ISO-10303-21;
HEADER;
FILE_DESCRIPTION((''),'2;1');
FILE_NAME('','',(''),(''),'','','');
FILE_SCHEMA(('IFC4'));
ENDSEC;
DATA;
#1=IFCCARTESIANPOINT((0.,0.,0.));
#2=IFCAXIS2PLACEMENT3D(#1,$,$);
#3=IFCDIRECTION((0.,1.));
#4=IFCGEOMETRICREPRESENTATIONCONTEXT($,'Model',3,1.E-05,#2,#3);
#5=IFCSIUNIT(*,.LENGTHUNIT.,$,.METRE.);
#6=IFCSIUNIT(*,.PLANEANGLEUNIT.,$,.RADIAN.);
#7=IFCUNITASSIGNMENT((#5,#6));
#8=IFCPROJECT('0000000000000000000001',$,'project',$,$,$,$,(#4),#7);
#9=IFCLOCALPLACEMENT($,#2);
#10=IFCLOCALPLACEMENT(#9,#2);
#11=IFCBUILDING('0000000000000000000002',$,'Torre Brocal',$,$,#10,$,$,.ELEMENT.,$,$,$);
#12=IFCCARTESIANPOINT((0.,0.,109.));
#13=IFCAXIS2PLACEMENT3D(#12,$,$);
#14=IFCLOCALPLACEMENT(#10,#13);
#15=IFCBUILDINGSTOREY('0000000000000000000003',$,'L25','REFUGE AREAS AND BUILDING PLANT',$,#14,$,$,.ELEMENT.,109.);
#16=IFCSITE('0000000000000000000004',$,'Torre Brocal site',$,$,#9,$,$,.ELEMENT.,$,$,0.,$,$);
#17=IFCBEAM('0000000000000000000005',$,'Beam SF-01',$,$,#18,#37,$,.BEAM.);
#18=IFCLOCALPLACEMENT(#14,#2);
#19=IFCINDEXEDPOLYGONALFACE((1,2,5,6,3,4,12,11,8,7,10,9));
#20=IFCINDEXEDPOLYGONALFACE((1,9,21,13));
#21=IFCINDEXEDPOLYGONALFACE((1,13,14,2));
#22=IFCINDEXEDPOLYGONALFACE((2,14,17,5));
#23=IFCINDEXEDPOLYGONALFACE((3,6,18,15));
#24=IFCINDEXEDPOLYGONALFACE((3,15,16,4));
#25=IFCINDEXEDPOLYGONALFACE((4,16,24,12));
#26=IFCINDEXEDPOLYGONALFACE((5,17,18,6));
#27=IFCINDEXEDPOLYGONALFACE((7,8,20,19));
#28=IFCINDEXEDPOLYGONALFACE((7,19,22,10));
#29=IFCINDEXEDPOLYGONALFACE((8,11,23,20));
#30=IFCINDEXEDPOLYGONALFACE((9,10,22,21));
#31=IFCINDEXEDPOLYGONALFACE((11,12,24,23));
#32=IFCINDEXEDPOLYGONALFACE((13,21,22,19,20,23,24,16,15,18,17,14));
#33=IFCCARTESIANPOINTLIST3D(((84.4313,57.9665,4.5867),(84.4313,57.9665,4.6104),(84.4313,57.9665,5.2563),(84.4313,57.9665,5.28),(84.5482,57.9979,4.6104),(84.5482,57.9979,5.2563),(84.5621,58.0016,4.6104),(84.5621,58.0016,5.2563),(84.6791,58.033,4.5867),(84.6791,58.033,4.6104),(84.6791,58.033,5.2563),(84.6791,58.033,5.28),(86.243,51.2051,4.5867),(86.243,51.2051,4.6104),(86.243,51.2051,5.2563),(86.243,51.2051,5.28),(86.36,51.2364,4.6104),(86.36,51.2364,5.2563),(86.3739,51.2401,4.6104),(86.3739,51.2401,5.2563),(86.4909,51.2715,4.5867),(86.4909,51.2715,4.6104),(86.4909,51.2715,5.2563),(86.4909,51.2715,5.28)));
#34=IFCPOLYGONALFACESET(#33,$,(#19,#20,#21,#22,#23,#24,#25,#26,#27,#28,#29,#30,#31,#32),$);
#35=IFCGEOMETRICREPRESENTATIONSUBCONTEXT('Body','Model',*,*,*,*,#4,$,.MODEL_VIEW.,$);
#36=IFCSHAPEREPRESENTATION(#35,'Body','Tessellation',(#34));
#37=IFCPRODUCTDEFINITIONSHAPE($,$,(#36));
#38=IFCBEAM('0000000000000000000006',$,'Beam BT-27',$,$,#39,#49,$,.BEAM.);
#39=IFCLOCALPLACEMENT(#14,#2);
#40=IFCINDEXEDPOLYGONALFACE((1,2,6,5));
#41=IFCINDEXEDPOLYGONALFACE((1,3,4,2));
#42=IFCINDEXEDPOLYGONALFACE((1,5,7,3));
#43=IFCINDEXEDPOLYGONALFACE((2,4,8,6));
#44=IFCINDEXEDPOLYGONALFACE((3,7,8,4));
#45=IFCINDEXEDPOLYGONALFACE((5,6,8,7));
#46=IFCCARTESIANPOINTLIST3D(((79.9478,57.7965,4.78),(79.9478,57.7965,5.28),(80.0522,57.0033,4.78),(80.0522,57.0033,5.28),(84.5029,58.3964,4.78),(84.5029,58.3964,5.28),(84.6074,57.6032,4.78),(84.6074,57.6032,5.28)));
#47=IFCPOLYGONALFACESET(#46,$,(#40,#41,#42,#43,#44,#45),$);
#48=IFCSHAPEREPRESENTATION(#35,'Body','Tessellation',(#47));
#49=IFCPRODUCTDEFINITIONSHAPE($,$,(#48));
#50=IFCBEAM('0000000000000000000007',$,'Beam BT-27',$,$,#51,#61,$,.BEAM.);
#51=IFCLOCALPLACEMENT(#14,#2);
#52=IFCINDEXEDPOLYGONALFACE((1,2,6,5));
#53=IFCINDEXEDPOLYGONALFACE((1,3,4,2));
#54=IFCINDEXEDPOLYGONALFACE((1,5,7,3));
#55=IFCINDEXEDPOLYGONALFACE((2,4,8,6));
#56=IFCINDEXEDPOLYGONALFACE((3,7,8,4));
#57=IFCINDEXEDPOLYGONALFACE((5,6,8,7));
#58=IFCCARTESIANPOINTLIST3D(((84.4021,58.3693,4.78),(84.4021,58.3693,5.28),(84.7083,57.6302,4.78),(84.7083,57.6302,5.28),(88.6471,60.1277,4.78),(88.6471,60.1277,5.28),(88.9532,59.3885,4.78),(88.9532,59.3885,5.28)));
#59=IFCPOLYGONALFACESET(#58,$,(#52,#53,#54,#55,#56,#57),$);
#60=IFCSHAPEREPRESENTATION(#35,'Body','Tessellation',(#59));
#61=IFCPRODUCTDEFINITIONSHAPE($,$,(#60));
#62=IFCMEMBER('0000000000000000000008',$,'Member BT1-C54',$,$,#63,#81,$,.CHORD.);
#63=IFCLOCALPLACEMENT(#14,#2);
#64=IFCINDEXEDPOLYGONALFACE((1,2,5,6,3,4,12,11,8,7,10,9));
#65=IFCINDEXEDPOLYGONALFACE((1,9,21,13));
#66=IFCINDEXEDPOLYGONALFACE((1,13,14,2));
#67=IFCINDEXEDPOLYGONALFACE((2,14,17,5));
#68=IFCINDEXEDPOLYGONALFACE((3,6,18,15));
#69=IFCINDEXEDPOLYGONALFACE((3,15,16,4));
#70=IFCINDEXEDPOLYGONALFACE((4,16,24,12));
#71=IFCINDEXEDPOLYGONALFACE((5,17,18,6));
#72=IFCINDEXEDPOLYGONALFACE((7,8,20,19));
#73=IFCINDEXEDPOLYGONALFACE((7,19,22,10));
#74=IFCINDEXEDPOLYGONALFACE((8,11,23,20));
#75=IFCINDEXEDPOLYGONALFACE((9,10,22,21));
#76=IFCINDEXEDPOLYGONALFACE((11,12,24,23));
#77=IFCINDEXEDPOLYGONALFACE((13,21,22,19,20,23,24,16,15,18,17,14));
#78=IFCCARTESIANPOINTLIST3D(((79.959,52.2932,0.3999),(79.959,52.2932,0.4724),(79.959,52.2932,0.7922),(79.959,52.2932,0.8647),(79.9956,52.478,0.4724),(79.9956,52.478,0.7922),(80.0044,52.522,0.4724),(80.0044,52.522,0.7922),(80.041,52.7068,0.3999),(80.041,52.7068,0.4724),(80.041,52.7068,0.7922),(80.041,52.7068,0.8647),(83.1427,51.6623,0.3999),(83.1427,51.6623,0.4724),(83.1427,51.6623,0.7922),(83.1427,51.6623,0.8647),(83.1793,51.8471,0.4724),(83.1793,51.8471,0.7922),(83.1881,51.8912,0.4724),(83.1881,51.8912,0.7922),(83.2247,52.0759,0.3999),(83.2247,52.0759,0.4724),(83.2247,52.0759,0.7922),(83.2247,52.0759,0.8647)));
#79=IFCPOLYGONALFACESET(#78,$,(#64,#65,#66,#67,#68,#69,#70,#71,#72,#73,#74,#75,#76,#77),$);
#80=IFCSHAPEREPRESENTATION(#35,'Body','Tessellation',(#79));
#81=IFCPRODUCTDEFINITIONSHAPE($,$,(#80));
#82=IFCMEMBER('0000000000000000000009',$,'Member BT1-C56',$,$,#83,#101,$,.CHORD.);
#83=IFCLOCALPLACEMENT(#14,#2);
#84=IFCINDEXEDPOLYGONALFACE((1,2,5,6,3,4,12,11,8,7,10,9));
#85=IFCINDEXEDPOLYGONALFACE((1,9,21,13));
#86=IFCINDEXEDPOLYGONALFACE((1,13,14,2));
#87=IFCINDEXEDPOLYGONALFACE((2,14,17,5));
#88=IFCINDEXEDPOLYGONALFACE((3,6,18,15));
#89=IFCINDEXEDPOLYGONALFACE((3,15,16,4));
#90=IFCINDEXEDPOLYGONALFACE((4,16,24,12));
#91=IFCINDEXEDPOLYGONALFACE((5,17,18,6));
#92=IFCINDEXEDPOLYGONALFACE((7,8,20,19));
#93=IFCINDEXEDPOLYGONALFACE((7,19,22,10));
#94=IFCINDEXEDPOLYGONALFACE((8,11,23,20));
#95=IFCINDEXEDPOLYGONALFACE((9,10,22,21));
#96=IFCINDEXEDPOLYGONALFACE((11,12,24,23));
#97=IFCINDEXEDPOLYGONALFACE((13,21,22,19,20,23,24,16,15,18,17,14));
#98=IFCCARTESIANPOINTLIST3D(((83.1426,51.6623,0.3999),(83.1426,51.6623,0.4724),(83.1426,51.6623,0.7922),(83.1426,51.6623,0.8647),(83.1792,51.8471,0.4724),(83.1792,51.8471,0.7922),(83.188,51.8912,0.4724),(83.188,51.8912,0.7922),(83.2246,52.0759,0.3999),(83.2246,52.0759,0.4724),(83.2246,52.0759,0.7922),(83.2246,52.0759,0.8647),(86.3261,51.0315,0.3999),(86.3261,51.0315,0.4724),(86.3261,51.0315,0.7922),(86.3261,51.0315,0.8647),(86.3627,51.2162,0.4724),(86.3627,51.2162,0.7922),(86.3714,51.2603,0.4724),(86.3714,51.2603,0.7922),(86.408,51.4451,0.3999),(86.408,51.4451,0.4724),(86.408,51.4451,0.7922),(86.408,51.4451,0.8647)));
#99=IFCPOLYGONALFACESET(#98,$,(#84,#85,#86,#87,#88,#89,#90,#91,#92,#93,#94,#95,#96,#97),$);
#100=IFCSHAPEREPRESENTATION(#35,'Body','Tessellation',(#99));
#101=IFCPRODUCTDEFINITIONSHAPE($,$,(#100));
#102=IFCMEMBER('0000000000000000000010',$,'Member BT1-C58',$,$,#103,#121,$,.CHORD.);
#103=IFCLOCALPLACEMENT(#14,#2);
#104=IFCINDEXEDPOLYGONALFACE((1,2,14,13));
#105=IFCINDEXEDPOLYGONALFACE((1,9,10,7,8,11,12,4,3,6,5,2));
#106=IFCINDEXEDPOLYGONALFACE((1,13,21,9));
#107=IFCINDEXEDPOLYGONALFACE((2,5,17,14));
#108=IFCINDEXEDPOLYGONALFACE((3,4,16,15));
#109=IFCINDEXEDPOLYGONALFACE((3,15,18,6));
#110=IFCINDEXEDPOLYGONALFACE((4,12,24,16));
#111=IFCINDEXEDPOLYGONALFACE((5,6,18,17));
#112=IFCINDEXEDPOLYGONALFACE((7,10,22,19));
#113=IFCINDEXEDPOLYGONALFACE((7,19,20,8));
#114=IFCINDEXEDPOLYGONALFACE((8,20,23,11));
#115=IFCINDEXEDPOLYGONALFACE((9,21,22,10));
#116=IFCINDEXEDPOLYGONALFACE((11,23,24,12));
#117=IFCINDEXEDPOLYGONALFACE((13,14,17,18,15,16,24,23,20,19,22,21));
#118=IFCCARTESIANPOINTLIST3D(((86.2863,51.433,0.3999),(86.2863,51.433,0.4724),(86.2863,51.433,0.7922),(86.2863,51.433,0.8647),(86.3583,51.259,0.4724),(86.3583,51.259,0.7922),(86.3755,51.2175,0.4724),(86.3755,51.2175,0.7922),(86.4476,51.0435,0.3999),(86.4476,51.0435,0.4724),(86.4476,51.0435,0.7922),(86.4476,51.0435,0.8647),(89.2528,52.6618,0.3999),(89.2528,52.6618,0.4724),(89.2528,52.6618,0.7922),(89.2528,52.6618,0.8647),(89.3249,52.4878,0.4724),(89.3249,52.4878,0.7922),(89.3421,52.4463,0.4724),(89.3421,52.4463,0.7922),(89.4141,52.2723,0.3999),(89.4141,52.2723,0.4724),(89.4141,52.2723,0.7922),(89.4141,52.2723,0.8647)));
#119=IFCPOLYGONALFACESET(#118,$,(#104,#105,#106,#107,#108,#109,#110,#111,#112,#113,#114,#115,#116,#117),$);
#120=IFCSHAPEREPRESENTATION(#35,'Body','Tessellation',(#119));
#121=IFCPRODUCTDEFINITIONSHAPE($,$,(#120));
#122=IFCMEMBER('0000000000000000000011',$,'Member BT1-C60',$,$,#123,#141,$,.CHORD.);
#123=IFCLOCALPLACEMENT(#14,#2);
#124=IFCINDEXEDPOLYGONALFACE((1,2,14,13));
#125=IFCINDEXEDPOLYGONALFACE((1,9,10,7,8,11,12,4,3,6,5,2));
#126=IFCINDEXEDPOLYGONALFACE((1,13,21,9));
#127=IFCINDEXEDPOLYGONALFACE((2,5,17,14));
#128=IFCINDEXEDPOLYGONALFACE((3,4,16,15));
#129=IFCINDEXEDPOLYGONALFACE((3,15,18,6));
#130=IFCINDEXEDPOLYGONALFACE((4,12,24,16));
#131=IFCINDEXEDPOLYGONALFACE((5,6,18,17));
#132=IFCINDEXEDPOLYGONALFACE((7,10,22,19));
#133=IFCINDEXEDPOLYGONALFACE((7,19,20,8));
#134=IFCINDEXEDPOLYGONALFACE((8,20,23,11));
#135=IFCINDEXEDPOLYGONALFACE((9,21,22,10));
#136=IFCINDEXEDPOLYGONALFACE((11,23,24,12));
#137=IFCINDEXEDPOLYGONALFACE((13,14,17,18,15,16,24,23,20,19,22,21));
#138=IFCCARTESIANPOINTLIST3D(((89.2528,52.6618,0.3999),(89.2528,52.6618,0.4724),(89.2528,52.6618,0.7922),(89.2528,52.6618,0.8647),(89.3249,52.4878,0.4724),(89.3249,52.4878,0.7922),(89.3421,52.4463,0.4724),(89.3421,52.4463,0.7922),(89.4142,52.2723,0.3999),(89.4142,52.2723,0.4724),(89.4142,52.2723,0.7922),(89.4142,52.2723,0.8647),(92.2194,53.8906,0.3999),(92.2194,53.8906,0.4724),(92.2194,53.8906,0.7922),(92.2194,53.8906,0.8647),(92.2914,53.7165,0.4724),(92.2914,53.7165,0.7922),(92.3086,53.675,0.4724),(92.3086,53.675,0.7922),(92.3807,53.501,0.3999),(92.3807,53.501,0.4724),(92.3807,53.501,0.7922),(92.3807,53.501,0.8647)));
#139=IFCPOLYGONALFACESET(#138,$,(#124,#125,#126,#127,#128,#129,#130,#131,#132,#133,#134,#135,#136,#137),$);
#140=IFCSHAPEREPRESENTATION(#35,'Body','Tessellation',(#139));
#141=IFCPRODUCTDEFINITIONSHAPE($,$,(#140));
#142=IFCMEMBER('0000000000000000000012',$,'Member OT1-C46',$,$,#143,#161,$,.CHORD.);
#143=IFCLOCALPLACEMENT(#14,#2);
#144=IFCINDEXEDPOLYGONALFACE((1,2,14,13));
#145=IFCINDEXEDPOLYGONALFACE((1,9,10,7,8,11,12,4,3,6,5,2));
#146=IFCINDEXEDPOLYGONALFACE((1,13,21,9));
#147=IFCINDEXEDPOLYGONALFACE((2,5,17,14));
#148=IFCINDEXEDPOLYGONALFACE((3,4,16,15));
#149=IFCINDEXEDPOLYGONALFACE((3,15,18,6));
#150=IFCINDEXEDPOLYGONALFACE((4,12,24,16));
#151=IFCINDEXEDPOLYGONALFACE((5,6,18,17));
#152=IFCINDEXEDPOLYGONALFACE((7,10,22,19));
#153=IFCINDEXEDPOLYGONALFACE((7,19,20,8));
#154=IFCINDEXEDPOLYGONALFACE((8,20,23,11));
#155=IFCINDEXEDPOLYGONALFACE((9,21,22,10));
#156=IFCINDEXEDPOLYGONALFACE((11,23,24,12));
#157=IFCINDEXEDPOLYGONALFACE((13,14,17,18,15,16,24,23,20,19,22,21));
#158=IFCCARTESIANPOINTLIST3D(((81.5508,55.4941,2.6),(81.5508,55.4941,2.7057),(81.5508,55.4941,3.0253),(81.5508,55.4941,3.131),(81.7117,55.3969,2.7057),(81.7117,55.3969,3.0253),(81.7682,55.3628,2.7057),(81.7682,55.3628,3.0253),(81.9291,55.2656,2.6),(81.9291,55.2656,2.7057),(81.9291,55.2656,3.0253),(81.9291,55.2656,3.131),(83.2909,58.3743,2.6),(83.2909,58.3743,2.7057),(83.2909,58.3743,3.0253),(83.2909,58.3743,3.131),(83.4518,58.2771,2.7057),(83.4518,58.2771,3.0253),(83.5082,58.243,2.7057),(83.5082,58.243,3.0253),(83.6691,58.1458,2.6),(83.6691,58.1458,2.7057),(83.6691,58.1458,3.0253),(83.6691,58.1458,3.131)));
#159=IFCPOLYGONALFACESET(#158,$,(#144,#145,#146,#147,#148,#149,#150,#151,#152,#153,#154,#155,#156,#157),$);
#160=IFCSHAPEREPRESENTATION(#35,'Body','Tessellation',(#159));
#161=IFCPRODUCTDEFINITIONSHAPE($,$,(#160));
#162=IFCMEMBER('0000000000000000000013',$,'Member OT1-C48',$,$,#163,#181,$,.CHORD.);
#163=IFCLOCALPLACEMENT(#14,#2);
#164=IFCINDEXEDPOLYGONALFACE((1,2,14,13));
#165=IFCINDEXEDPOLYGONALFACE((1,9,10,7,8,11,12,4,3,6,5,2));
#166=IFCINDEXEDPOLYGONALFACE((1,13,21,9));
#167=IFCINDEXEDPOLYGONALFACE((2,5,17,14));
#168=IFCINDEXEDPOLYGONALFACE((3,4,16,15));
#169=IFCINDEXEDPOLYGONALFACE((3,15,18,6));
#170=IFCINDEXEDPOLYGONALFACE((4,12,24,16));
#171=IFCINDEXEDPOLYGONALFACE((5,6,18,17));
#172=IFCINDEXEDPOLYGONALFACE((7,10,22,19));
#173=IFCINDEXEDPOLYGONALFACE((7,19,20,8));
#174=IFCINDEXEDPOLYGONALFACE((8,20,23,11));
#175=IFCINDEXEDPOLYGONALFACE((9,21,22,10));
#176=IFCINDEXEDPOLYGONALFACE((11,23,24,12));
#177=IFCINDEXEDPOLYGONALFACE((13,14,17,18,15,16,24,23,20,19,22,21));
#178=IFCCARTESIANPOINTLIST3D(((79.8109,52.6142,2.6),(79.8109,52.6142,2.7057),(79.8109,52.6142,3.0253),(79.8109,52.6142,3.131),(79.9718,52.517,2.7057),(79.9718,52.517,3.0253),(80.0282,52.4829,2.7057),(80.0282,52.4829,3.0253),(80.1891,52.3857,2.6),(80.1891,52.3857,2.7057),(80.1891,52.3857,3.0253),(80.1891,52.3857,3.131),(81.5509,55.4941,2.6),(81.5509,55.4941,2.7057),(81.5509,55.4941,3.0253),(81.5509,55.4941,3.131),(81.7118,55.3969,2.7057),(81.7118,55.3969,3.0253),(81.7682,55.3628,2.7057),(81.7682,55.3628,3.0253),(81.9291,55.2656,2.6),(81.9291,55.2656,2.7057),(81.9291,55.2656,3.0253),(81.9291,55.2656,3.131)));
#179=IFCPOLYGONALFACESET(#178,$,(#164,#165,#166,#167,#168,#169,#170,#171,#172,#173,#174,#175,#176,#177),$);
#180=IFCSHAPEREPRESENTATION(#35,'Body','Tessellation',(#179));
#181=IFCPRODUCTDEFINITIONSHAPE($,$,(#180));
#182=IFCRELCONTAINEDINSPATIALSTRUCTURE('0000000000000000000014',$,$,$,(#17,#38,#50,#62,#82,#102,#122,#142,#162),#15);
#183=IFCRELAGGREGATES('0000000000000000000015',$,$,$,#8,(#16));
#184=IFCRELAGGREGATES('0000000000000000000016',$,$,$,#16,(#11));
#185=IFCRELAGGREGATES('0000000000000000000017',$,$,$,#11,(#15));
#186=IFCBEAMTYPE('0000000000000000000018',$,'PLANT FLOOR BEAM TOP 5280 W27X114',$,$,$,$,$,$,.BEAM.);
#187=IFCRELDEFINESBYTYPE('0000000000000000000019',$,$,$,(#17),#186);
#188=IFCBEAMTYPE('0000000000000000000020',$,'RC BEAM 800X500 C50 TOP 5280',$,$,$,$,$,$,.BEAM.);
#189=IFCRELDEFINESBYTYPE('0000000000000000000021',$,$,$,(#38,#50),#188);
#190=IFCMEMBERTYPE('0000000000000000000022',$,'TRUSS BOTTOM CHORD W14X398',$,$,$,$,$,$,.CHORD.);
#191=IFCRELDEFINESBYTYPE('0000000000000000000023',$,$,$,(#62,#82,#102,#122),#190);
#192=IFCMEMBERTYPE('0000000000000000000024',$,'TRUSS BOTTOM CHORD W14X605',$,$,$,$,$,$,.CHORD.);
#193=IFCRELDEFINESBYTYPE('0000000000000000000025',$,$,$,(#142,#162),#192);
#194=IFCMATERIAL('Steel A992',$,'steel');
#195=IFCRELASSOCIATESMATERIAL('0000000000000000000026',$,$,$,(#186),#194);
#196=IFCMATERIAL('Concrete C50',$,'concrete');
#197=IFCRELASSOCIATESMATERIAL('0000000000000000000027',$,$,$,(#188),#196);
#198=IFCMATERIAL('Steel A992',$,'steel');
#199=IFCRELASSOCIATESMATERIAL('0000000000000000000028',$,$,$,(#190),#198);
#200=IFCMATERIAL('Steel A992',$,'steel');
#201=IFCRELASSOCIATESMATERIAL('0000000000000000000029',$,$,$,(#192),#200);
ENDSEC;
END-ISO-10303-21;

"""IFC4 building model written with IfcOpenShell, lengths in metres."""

from ifc_helpers import new_model, si_unit, direction, frame, origin, origin_2d, place, context, subcontext, project, spatial, rectangle, i_section, extrude, material, material_profile, profile_set, type_object, element, save


model = new_model("IFC4")

# Units and contexts
model_context = context("Model", 3, precision=1e-05, world=origin(), true_north=direction((0.0, 1.0)))
body_context = subcontext(model_context, "Body", "Model", "MODEL_VIEW")
ifc_project = project(units=[si_unit("LENGTHUNIT", "METRE"), si_unit("PLANEANGLEUNIT", "RADIAN")], contexts=[model_context])

# Site, building, storey
site_placement = place(None, origin())
site = spatial("IfcSite", under=ifc_project, at=site_placement, Name="Torre Brocal site", CompositionType="ELEMENT", RefElevation=0.0)
building_placement = place(site_placement, origin())
building = spatial("IfcBuilding", under=site, at=building_placement, Name="Torre Brocal", CompositionType="ELEMENT")
storey_placement = place(building_placement, frame((0.0, 0.0, 109.0)))
storey = spatial("IfcBuildingStorey", under=building, at=storey_placement, Name="L25", Description="REFUGE AREAS AND BUILDING PLANT", CompositionType="ELEMENT", Elevation=109.0)

# Beams
ifc_material_1 = material(Name="Steel A992", Category="steel")
ifc_material_profile_1 = material_profile(ifc_material_1, i_section(OverallWidth=0.2566, OverallDepth=0.6934, WebThickness=0.0144, FlangeThickness=0.0237, at=origin_2d()), Name="W27X114")
ifc_profile_set_1 = profile_set([ifc_material_profile_1], Name="Steel A992")
beam_type_1 = type_object("IfcBeamType", Name="PLANT FLOOR BEAM TOP 5280 W27X114", PredefinedType="BEAM", material=ifc_profile_set_1)
beam_1_placement = place(storey_placement, frame((84.5552, 57.9998, 4.9333), z_axis=(0.258824, -0.965925, 0.0), x_axis=(0.965925, 0.258824, 0.0)))
element("IfcBeam", 1, at=beam_1_placement, inside=storey, type_object=beam_type_1, Name="Beam SF-01", PredefinedType="BEAM", context=body_context, shape_type="SweptSolid", body=[
    extrude(i_section(OverallWidth=0.2566, OverallDepth=0.6934, WebThickness=0.0144, FlangeThickness=0.0237, at=origin_2d()), origin(), (0.0, 0.0, 1.0), 7.0),
])
ifc_material_2 = material(Name="Concrete C50", Category="concrete")
ifc_material_profile_2 = material_profile(ifc_material_2, rectangle(XDim=0.8, YDim=0.5, at=origin_2d()), Name="RC 800X500")
ifc_profile_set_2 = profile_set([ifc_material_profile_2], Name="Concrete C50")
beam_type_2 = type_object("IfcBeamType", Name="RC BEAM 800X500 C50 TOP 5280", PredefinedType="BEAM", material=ifc_profile_set_2)
beam_2_placement = place(storey_placement, frame((80.0, 57.3999, 5.03), z_axis=(0.991441, 0.130559, 0.0), x_axis=(-0.130559, 0.991441, 0.0)))
element("IfcBeam", 2, at=beam_2_placement, inside=storey, type_object=beam_type_2, Name="Beam BT-27", PredefinedType="BEAM", context=body_context, shape_type="SweptSolid", body=[
    extrude(rectangle(XDim=0.8, YDim=0.5, at=origin_2d()), origin(), (0.0, 0.0, 1.0), 4.5945),
])
beam_3_placement = place(storey_placement, frame((84.5552, 57.9998, 5.03), z_axis=(0.923878, 0.382687, 0.0), x_axis=(-0.382687, 0.923878, 0.0)))
element("IfcBeam", 3, at=beam_3_placement, inside=storey, type_object=beam_type_2, Name="Beam BT-27", PredefinedType="BEAM", context=body_context, shape_type="SweptSolid", body=[
    extrude(rectangle(XDim=0.8, YDim=0.5, at=origin_2d()), origin(), (0.0, 0.0, 1.0), 4.5947),
])

# Members
ifc_material_3 = material(Name="Steel A992", Category="steel")
ifc_material_profile_3 = material_profile(ifc_material_3, i_section(OverallWidth=0.4216, OverallDepth=0.4648, WebThickness=0.0449, FlangeThickness=0.0725, at=origin_2d()), Name="W14X398")
ifc_profile_set_3 = profile_set([ifc_material_profile_3], Name="Steel A992")
member_type_1 = type_object("IfcMemberType", Name="TRUSS BOTTOM CHORD W14X398", PredefinedType="CHORD", material=ifc_profile_set_3)
member_1_placement = place(storey_placement, frame((80.0, 52.5, 0.6323), z_axis=(0.980926, -0.19438, 0.0), x_axis=(0.19438, 0.980926, 0.0)))
element("IfcMember", 4, at=member_1_placement, inside=storey, type_object=member_type_1, Name="Member BT1-C54", PredefinedType="CHORD", context=body_context, shape_type="SweptSolid", body=[
    extrude(i_section(OverallWidth=0.4216, OverallDepth=0.4648, WebThickness=0.0449, FlangeThickness=0.0725, at=origin_2d()), origin(), (0.0, 0.0, 1.0), 3.2456),
])
member_2_placement = place(storey_placement, frame((83.1836, 51.8691, 0.6323), z_axis=(0.980923, -0.194394, 0.0), x_axis=(0.194394, 0.980923, 0.0)))
element("IfcMember", 5, at=member_2_placement, inside=storey, type_object=member_type_1, Name="Member BT1-C56", PredefinedType="CHORD", context=body_context, shape_type="SweptSolid", body=[
    extrude(i_section(OverallWidth=0.4216, OverallDepth=0.4648, WebThickness=0.0449, FlangeThickness=0.0725, at=origin_2d()), origin(), (0.0, 0.0, 1.0), 3.2454),
])
for number, where, z_axis, x_axis, name in (
    (6, (86.3669, 51.2383, 0.6323), (0.923882, 0.382676, 0.0), (-0.382676, 0.923882, 0.0), "Member BT1-C58"),
    (7, (89.3335, 52.467, 0.6323), (0.923882, 0.382676, 0.0), (-0.382676, 0.923882, 0.0), "Member BT1-C60"),
):
    element("IfcMember", number, at=place(storey_placement, frame(where, z_axis=z_axis, x_axis=x_axis)), inside=storey, type_object=member_type_1, Name=name, PredefinedType="CHORD", context=body_context, shape_type="SweptSolid", body=[
        extrude(i_section(OverallWidth=0.4216, OverallDepth=0.4648, WebThickness=0.0449, FlangeThickness=0.0725, at=origin_2d()), origin(), (0.0, 0.0, 1.0), 3.2109),
    ])
ifc_material_4 = material(Name="Steel A992", Category="steel")
ifc_material_profile_4 = material_profile(ifc_material_4, i_section(OverallWidth=0.4419, OverallDepth=0.531, WebThickness=0.0659, FlangeThickness=0.1057, at=origin_2d()), Name="W14X605")
ifc_profile_set_4 = profile_set([ifc_material_profile_4], Name="Steel A992")
member_type_2 = type_object("IfcMemberType", Name="TRUSS BOTTOM CHORD W14X605", PredefinedType="CHORD", material=ifc_profile_set_4)
member_3_placement = place(storey_placement, frame((83.48, 58.26, 2.8655), z_axis=(-0.517097, -0.855927, 0.0), x_axis=(0.855927, -0.517097, 0.0)))
element("IfcMember", 8, at=member_3_placement, inside=storey, type_object=member_type_2, Name="Member OT1-C46", PredefinedType="CHORD", context=body_context, shape_type="SweptSolid", body=[
    extrude(i_section(OverallWidth=0.4419, OverallDepth=0.531, WebThickness=0.0659, FlangeThickness=0.1057, at=origin_2d()), origin(), (0.0, 0.0, 1.0), 3.365),
])
member_4_placement = place(storey_placement, frame((81.74, 55.3799, 2.8655), z_axis=(-0.517129, -0.855908, 0.0), x_axis=(0.855908, -0.517129, 0.0)))
element("IfcMember", 9, at=member_4_placement, inside=storey, type_object=member_type_2, Name="Member OT1-C48", PredefinedType="CHORD", context=body_context, shape_type="SweptSolid", body=[
    extrude(i_section(OverallWidth=0.4419, OverallDepth=0.531, WebThickness=0.0659, FlangeThickness=0.1057, at=origin_2d()), origin(), (0.0, 0.0, 1.0), 3.3647),
])

save(model, "model.ifc")
